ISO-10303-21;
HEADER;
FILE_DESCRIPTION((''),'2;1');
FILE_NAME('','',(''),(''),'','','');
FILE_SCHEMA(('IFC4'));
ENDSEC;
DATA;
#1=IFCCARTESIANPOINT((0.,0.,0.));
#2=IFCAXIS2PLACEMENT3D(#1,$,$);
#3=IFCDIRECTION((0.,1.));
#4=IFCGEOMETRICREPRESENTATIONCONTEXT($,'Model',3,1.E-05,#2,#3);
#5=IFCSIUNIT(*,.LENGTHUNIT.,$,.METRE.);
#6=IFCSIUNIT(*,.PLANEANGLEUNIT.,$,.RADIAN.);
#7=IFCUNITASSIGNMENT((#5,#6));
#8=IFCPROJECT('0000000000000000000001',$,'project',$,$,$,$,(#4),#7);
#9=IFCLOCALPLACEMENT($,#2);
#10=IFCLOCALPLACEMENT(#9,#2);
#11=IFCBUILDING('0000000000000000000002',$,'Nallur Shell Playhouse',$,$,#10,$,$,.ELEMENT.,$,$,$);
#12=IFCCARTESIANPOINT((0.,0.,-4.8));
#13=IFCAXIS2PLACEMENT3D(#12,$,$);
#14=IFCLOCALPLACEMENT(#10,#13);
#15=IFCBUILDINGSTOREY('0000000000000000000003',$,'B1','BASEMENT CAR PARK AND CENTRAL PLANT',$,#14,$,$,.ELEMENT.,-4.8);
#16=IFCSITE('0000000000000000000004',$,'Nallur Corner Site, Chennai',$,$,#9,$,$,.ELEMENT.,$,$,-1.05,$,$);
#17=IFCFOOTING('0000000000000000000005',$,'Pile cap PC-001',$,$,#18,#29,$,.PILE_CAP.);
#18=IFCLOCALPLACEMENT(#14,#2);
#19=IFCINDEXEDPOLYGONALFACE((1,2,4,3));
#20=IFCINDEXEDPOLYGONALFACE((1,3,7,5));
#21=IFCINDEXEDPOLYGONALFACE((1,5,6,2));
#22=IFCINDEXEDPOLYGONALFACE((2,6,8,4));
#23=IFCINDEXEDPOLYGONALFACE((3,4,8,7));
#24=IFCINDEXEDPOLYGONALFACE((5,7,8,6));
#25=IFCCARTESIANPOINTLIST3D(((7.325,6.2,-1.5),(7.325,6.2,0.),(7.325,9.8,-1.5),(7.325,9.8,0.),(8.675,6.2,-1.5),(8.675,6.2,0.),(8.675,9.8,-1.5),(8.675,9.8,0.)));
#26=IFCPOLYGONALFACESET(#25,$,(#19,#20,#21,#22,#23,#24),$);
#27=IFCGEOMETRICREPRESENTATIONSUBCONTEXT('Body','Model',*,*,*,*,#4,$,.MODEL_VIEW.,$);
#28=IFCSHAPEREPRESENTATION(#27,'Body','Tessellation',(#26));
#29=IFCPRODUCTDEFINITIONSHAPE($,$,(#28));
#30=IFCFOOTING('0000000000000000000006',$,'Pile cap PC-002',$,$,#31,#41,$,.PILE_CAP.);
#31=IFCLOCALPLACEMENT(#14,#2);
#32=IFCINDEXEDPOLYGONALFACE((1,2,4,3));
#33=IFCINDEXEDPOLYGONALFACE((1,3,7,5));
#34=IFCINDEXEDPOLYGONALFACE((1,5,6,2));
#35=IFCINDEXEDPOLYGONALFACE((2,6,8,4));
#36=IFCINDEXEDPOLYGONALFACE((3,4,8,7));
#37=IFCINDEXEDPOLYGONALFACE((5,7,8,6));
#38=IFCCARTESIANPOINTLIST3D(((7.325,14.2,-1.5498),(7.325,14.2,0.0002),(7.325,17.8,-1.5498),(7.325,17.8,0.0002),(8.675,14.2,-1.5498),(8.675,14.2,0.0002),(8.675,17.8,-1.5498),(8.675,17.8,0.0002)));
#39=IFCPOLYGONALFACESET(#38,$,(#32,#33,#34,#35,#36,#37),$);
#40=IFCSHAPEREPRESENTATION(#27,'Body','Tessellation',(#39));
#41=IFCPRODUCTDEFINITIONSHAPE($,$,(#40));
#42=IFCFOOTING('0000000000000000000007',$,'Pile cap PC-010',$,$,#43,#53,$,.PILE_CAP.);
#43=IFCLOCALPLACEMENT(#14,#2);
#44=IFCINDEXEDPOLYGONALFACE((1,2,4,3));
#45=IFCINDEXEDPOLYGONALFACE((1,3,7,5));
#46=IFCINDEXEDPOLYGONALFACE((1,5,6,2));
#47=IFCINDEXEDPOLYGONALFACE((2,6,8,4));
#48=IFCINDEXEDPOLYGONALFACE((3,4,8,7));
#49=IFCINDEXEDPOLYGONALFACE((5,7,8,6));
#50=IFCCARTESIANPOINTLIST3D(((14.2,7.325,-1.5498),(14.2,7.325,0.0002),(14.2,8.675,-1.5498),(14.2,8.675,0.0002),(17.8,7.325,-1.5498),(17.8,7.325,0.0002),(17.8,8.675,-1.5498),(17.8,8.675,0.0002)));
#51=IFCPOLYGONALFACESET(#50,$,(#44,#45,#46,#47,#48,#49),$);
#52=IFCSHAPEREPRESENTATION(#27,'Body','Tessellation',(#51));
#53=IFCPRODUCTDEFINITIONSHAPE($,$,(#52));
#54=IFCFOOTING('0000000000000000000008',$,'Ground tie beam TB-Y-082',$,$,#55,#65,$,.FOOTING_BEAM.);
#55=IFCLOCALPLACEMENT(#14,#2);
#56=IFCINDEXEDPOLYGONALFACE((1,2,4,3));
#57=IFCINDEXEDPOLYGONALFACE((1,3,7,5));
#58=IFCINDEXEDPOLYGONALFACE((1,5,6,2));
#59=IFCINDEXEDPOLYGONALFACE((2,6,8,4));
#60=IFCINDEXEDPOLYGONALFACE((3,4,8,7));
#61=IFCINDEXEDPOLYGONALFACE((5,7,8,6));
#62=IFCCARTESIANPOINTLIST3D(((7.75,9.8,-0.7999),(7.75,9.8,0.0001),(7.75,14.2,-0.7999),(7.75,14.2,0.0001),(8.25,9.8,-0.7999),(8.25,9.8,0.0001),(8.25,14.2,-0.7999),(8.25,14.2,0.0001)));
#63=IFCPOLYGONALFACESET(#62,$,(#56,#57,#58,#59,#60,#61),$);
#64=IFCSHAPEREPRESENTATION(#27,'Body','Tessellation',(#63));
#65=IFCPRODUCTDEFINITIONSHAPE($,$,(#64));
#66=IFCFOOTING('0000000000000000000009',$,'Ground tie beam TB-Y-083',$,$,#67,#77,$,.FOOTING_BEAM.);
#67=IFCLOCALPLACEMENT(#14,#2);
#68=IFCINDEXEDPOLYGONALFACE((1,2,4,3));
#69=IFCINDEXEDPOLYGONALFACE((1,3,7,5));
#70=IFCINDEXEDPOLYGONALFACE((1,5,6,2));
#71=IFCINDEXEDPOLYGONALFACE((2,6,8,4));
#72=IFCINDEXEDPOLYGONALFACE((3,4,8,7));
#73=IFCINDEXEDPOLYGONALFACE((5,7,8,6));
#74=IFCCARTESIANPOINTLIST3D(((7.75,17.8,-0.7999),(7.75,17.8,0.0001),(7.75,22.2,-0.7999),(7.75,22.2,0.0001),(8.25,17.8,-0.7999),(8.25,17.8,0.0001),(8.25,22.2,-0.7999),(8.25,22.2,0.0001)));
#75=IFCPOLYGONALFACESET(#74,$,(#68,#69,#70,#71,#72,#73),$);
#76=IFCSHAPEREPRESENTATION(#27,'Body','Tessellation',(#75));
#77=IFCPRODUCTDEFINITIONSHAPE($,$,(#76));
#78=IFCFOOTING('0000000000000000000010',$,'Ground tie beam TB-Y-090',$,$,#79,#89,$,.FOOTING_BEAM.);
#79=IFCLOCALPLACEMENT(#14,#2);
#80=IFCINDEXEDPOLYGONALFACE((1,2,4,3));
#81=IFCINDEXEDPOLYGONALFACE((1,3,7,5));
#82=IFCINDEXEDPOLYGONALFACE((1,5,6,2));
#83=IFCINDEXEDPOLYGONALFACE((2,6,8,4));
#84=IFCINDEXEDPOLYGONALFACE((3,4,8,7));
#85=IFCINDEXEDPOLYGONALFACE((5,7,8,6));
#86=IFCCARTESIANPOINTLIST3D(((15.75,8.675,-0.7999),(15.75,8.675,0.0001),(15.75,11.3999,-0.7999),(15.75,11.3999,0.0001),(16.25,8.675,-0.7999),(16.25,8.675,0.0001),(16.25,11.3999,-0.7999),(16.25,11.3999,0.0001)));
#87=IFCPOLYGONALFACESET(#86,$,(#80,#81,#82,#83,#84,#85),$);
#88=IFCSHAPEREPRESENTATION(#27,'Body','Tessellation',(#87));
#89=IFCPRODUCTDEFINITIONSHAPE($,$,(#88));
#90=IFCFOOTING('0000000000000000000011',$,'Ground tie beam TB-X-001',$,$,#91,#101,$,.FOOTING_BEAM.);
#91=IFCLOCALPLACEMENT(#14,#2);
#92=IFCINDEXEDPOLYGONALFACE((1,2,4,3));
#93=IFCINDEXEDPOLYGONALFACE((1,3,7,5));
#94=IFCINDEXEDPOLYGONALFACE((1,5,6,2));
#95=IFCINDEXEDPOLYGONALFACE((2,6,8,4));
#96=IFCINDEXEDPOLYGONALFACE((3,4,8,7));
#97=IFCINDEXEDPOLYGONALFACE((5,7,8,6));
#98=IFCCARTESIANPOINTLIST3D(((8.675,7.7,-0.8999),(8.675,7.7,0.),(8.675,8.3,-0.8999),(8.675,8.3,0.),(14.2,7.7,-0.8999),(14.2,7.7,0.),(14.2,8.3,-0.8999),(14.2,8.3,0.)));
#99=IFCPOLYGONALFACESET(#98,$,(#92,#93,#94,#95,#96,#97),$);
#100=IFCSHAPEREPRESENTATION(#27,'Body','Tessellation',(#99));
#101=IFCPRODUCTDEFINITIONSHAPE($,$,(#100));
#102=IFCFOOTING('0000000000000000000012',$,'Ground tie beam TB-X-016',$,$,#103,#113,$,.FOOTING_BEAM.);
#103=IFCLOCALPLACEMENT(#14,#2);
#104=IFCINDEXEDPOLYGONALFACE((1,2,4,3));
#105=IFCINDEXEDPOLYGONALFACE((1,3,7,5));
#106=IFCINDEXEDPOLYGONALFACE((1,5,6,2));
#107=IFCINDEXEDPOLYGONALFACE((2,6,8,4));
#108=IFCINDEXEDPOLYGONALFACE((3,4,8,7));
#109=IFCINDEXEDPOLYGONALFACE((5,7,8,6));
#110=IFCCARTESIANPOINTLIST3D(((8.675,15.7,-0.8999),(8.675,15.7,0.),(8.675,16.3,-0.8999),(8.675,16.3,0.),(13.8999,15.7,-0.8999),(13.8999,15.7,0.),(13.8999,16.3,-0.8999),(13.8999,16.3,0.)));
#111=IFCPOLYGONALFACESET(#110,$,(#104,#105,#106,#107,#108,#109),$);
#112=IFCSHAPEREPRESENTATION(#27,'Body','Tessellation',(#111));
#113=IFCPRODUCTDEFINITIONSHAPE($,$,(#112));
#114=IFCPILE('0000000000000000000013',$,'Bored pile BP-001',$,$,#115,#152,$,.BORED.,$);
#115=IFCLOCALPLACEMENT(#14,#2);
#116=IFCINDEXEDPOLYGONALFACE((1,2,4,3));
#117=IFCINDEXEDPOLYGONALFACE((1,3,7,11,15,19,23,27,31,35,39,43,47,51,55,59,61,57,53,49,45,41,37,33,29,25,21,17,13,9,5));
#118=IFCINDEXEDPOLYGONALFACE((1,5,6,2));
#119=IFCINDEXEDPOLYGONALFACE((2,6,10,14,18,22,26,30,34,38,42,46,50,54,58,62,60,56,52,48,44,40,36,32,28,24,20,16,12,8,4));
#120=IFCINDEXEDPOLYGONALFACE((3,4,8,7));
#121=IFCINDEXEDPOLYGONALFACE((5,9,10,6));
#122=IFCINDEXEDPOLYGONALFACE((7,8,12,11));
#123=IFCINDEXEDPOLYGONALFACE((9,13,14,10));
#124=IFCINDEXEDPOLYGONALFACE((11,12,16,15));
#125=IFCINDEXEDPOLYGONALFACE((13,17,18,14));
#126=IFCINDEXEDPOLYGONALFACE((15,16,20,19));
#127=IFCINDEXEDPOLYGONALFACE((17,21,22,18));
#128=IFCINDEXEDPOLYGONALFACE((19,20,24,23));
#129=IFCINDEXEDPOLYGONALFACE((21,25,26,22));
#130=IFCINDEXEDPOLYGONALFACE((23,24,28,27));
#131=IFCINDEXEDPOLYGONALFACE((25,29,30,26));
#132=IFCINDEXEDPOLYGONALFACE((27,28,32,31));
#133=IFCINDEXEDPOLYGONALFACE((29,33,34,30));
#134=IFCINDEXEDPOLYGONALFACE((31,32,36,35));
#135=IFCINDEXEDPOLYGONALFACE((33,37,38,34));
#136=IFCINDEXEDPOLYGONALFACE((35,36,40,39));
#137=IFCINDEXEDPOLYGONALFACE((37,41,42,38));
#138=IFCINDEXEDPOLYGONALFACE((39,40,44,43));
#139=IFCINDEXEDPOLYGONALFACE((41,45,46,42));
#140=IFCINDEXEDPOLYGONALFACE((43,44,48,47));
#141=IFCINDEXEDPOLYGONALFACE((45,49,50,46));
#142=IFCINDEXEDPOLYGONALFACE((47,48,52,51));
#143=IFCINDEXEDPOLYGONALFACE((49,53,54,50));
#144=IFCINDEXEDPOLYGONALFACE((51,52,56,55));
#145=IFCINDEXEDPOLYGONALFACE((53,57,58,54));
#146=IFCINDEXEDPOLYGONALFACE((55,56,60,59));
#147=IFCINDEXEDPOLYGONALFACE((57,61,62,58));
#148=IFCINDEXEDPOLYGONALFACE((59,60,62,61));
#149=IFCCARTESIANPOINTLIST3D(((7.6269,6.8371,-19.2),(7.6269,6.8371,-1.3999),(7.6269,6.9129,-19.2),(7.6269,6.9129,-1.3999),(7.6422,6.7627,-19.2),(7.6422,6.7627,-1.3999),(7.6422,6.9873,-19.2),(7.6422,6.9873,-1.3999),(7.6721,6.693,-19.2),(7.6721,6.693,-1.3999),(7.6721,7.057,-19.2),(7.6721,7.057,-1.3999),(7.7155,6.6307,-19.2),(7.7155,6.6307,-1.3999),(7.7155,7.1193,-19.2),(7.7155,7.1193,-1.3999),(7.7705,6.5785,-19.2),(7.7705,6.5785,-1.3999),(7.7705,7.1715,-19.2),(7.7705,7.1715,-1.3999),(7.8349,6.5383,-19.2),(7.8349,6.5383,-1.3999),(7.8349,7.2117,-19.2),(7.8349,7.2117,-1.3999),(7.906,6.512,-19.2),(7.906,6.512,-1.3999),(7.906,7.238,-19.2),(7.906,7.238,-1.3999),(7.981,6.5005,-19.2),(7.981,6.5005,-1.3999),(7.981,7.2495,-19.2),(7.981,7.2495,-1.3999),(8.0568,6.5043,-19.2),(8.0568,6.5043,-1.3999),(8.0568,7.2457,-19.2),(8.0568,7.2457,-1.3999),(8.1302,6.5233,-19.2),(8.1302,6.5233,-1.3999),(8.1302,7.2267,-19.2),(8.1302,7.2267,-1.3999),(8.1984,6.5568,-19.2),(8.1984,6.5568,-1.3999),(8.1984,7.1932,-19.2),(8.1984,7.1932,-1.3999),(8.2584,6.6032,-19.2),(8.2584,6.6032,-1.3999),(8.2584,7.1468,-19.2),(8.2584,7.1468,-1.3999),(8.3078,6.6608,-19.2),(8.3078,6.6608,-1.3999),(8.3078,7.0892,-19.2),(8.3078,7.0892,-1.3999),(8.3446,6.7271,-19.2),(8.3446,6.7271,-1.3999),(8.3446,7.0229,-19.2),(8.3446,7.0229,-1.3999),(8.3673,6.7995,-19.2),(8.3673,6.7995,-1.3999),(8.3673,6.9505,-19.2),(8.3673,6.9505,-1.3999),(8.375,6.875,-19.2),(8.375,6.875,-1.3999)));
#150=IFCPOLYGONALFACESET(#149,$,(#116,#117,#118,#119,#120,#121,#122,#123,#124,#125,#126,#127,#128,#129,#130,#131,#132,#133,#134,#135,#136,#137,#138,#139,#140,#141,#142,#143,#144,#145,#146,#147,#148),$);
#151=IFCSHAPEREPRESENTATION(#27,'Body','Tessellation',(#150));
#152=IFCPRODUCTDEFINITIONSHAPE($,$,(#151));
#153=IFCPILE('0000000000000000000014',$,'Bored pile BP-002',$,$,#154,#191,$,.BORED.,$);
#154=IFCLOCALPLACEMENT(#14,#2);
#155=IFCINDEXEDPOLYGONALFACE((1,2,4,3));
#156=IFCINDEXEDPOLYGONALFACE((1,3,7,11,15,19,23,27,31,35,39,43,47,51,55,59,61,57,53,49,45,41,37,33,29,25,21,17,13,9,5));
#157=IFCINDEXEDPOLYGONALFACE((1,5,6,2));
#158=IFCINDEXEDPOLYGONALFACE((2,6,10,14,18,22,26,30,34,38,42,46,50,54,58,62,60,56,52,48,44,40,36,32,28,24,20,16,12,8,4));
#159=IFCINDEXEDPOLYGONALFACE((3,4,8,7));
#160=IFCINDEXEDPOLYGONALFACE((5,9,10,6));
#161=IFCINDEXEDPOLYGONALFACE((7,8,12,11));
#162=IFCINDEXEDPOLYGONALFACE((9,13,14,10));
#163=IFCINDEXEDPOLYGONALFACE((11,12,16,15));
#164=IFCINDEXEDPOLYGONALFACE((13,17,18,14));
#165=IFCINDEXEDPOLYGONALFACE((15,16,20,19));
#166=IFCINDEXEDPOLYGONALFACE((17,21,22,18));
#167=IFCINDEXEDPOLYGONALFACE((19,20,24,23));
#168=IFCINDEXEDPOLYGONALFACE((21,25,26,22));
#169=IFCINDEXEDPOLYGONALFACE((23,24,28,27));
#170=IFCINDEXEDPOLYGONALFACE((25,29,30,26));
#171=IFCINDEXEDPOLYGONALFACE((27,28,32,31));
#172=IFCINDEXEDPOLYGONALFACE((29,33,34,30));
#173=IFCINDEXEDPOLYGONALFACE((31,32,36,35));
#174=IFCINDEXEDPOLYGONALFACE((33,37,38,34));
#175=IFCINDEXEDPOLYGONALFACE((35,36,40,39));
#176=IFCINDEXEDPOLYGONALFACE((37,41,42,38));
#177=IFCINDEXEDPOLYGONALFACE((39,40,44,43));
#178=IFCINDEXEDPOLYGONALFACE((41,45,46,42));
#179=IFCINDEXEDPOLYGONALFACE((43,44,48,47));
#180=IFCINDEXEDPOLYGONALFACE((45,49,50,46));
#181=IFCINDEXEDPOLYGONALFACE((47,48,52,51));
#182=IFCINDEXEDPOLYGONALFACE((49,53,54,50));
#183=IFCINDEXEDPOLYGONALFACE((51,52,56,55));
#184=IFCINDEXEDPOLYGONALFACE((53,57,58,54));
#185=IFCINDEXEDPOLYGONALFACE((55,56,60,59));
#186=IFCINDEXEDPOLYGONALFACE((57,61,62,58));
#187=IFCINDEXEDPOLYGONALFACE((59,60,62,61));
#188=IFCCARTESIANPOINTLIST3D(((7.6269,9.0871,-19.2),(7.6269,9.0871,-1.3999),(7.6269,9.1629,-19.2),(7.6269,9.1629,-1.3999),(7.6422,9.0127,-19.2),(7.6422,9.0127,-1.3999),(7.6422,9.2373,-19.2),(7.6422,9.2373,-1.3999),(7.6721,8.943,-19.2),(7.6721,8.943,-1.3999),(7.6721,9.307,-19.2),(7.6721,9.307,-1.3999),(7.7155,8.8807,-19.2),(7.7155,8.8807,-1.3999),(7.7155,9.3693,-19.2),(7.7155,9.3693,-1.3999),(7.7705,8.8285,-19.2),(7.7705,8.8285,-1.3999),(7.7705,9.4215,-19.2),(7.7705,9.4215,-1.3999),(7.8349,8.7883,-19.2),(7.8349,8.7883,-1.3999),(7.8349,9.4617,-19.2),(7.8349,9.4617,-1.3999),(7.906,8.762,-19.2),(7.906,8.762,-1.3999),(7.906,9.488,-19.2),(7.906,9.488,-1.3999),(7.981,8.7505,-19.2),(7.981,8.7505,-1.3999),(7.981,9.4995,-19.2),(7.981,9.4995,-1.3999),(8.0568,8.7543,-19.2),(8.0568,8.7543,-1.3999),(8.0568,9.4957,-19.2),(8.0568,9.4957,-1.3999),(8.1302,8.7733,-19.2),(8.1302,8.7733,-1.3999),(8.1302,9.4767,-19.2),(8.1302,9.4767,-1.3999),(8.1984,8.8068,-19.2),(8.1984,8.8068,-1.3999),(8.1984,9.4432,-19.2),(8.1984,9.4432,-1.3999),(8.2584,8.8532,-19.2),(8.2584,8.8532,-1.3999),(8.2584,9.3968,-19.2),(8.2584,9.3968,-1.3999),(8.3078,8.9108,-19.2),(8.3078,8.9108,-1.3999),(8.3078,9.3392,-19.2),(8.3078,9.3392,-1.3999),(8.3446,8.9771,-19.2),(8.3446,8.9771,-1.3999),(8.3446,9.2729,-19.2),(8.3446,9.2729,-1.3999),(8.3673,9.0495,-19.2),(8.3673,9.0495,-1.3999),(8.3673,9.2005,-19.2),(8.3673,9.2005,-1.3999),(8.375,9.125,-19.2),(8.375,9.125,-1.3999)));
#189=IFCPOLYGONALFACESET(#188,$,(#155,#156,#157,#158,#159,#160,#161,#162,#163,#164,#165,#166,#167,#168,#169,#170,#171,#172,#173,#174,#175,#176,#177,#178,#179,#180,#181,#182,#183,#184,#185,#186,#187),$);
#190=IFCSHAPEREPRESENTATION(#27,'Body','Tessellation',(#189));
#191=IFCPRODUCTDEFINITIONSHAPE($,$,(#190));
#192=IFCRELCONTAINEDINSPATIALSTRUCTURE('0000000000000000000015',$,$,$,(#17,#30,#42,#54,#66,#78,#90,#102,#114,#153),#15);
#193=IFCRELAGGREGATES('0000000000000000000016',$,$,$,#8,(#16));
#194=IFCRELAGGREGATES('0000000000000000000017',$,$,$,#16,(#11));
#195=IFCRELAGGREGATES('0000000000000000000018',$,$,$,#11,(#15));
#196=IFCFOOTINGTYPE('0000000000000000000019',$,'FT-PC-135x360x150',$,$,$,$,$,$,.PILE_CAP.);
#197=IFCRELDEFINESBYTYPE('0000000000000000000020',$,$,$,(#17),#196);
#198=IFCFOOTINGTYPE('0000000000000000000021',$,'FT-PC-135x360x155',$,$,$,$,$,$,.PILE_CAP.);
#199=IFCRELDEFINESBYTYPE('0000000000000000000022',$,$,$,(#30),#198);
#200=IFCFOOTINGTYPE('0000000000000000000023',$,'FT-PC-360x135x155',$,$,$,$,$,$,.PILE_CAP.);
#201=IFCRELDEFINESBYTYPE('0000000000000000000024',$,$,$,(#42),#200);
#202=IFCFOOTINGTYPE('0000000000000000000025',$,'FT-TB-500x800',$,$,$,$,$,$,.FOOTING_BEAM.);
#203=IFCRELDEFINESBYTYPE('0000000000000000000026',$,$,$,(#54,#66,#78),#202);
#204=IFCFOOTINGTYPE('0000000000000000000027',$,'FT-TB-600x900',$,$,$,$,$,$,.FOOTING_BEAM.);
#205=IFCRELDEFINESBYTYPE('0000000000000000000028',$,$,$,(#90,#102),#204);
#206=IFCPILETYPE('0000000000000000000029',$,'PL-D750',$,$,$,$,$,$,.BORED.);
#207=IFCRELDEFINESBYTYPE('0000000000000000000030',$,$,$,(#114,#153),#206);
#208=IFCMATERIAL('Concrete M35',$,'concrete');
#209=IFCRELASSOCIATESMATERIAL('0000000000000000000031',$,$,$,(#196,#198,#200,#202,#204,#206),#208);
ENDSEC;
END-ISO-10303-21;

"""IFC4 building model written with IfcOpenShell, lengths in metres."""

from ifc_helpers import new_model, si_unit, direction, frame, origin, origin_2d, place, context, subcontext, project, spatial, rectangle, circle, extrude, material, material_profile, profile_set, type_object, element, save


model = new_model("IFC4")

# Units and contexts
model_context = context("Model", 3, precision=1e-05, world=origin(), true_north=direction((0.0, 1.0)))
body_context = subcontext(model_context, "Body", "Model", "MODEL_VIEW")
ifc_project = project(units=[si_unit("LENGTHUNIT", "METRE"), si_unit("PLANEANGLEUNIT", "RADIAN")], contexts=[model_context])

# Site, building, storey
site_placement = place(None, origin())
site = spatial("IfcSite", under=ifc_project, at=site_placement, Name="Nallur Corner Site, Chennai", CompositionType="ELEMENT", RefElevation=-1.05)
building_placement = place(site_placement, origin())
building = spatial("IfcBuilding", under=site, at=building_placement, Name="Nallur Shell Playhouse", CompositionType="ELEMENT")
storey_placement = place(building_placement, frame((0.0, 0.0, -4.8)))
storey = spatial("IfcBuildingStorey", under=building, at=storey_placement, Name="B1", Description="BASEMENT CAR PARK AND CENTRAL PLANT", CompositionType="ELEMENT", Elevation=-4.8)

# Footings
ifc_material_1 = material(Name="Concrete M35", Category="concrete")
footing_type_1 = type_object("IfcFootingType", Name="FT-PC-135x360x150", PredefinedType="PILE_CAP", material=ifc_material_1)
footing_1_placement = place(storey_placement, frame((8.0, 8.0, -1.5), z_axis=(0.0, 0.0, 1.0), x_axis=(1.0, 0.0, 0.0)))
element("IfcFooting", 1, at=footing_1_placement, inside=storey, type_object=footing_type_1, Name="Pile cap PC-001", PredefinedType="PILE_CAP", context=body_context, shape_type="SweptSolid", body=[
    extrude(rectangle(XDim=1.3501, YDim=3.6001, at=origin_2d()), origin(), (0.0, 0.0, 1.0), 1.5),
])
footing_type_2 = type_object("IfcFootingType", Name="FT-PC-135x360x155", PredefinedType="PILE_CAP", material=ifc_material_1)
footing_2_placement = place(storey_placement, frame((8.0, 16.0, -1.5498), z_axis=(0.0, 0.0, 1.0), x_axis=(1.0, 0.0, 0.0)))
element("IfcFooting", 2, at=footing_2_placement, inside=storey, type_object=footing_type_2, Name="Pile cap PC-002", PredefinedType="PILE_CAP", context=body_context, shape_type="SweptSolid", body=[
    extrude(rectangle(XDim=1.3501, YDim=3.6001, at=origin_2d()), origin(), (0.0, 0.0, 1.0), 1.55),
])
footing_type_3 = type_object("IfcFootingType", Name="FT-PC-360x135x155", PredefinedType="PILE_CAP", material=ifc_material_1)
footing_3_placement = place(storey_placement, frame((16.0, 8.0, -1.5498), z_axis=(0.0, 0.0, 1.0), x_axis=(1.0, 0.0, 0.0)))
element("IfcFooting", 3, at=footing_3_placement, inside=storey, type_object=footing_type_3, Name="Pile cap PC-010", PredefinedType="PILE_CAP", context=body_context, shape_type="SweptSolid", body=[
    extrude(rectangle(XDim=3.6001, YDim=1.3501, at=origin_2d()), origin(), (0.0, 0.0, 1.0), 1.55),
])
ifc_material_profile_1 = material_profile(ifc_material_1, rectangle(XDim=0.5, YDim=0.8, at=origin_2d()), Name="RC 500x800")
ifc_profile_set_1 = profile_set([ifc_material_profile_1], Name="Concrete M35")
footing_type_4 = type_object("IfcFootingType", Name="FT-TB-500x800", PredefinedType="FOOTING_BEAM", material=ifc_profile_set_1)
for number, where, z_axis, x_axis, name in (
    (4, (8.0, 9.8, -0.3999), (0.0, 1.0, 0.0), (-1.0, 0.0, 0.0), "Ground tie beam TB-Y-082"),
    (5, (8.0, 17.8, -0.3999), (0.0, 1.0, 0.0), (-1.0, 0.0, 0.0), "Ground tie beam TB-Y-083"),
):
    element("IfcFooting", number, at=place(storey_placement, frame(where, z_axis=z_axis, x_axis=x_axis)), inside=storey, type_object=footing_type_4, Name=name, PredefinedType="FOOTING_BEAM", context=body_context, shape_type="SweptSolid", body=[
        extrude(rectangle(XDim=0.5, YDim=0.8, at=origin_2d()), origin(), (0.0, 0.0, 1.0), 4.3999),
    ])
footing_4_placement = place(storey_placement, frame((16.0, 8.675, -0.3999), z_axis=(0.0, 1.0, 0.0), x_axis=(-1.0, 0.0, 0.0)))
element("IfcFooting", 6, at=footing_4_placement, inside=storey, type_object=footing_type_4, Name="Ground tie beam TB-Y-090", PredefinedType="FOOTING_BEAM", context=body_context, shape_type="SweptSolid", body=[
    extrude(rectangle(XDim=0.5, YDim=0.8, at=origin_2d()), origin(), (0.0, 0.0, 1.0), 2.7249),
])
ifc_material_profile_2 = material_profile(ifc_material_1, rectangle(XDim=0.6001, YDim=0.8999, at=origin_2d()), Name="RC 600x900")
ifc_profile_set_2 = profile_set([ifc_material_profile_2], Name="Concrete M35")
footing_type_5 = type_object("IfcFootingType", Name="FT-TB-600x900", PredefinedType="FOOTING_BEAM", material=ifc_profile_set_2)
footing_5_placement = place(storey_placement, frame((8.675, 8.0, -0.45), z_axis=(1.0, 0.0, 0.0), x_axis=(0.0, 1.0, 0.0)))
element("IfcFooting", 7, at=footing_5_placement, inside=storey, type_object=footing_type_5, Name="Ground tie beam TB-X-001", PredefinedType="FOOTING_BEAM", context=body_context, shape_type="SweptSolid", body=[
    extrude(rectangle(XDim=0.6001, YDim=0.8999, at=origin_2d()), origin(), (0.0, 0.0, 1.0), 5.5249),
])
footing_6_placement = place(storey_placement, frame((8.675, 16.0, -0.45), z_axis=(1.0, 0.0, 0.0), x_axis=(0.0, 1.0, 0.0)))
element("IfcFooting", 8, at=footing_6_placement, inside=storey, type_object=footing_type_5, Name="Ground tie beam TB-X-016", PredefinedType="FOOTING_BEAM", context=body_context, shape_type="SweptSolid", body=[
    extrude(rectangle(XDim=0.6001, YDim=0.8999, at=origin_2d()), origin(), (0.0, 0.0, 1.0), 5.2249),
])

# Piles
ifc_material_profile_3 = material_profile(ifc_material_1, circle(Radius=0.375, at=origin_2d()), Name="BORED PILE D750")
ifc_profile_set_3 = profile_set([ifc_material_profile_3], Name="Concrete M35")
pile_type = type_object("IfcPileType", Name="PL-D750", PredefinedType="BORED", material=ifc_profile_set_3)
for number, where, z_axis, x_axis, name in (
    (9, (8.0, 6.875, -1.3999), (0.0, 0.0, -1.0), (1.0, 0.0, 0.0), "Bored pile BP-001"),
    (10, (8.0, 9.125, -1.3999), (0.0, 0.0, -1.0), (1.0, 0.0, 0.0), "Bored pile BP-002"),
):
    element("IfcPile", number, at=place(storey_placement, frame(where, z_axis=z_axis, x_axis=x_axis)), inside=storey, type_object=pile_type, Name=name, PredefinedType="BORED", context=body_context, shape_type="SweptSolid", body=[
        extrude(circle(Radius=0.375, at=origin_2d()), origin(), (0.0, 0.0, 1.0), 17.8),
    ])

save(model, "model.ifc")
